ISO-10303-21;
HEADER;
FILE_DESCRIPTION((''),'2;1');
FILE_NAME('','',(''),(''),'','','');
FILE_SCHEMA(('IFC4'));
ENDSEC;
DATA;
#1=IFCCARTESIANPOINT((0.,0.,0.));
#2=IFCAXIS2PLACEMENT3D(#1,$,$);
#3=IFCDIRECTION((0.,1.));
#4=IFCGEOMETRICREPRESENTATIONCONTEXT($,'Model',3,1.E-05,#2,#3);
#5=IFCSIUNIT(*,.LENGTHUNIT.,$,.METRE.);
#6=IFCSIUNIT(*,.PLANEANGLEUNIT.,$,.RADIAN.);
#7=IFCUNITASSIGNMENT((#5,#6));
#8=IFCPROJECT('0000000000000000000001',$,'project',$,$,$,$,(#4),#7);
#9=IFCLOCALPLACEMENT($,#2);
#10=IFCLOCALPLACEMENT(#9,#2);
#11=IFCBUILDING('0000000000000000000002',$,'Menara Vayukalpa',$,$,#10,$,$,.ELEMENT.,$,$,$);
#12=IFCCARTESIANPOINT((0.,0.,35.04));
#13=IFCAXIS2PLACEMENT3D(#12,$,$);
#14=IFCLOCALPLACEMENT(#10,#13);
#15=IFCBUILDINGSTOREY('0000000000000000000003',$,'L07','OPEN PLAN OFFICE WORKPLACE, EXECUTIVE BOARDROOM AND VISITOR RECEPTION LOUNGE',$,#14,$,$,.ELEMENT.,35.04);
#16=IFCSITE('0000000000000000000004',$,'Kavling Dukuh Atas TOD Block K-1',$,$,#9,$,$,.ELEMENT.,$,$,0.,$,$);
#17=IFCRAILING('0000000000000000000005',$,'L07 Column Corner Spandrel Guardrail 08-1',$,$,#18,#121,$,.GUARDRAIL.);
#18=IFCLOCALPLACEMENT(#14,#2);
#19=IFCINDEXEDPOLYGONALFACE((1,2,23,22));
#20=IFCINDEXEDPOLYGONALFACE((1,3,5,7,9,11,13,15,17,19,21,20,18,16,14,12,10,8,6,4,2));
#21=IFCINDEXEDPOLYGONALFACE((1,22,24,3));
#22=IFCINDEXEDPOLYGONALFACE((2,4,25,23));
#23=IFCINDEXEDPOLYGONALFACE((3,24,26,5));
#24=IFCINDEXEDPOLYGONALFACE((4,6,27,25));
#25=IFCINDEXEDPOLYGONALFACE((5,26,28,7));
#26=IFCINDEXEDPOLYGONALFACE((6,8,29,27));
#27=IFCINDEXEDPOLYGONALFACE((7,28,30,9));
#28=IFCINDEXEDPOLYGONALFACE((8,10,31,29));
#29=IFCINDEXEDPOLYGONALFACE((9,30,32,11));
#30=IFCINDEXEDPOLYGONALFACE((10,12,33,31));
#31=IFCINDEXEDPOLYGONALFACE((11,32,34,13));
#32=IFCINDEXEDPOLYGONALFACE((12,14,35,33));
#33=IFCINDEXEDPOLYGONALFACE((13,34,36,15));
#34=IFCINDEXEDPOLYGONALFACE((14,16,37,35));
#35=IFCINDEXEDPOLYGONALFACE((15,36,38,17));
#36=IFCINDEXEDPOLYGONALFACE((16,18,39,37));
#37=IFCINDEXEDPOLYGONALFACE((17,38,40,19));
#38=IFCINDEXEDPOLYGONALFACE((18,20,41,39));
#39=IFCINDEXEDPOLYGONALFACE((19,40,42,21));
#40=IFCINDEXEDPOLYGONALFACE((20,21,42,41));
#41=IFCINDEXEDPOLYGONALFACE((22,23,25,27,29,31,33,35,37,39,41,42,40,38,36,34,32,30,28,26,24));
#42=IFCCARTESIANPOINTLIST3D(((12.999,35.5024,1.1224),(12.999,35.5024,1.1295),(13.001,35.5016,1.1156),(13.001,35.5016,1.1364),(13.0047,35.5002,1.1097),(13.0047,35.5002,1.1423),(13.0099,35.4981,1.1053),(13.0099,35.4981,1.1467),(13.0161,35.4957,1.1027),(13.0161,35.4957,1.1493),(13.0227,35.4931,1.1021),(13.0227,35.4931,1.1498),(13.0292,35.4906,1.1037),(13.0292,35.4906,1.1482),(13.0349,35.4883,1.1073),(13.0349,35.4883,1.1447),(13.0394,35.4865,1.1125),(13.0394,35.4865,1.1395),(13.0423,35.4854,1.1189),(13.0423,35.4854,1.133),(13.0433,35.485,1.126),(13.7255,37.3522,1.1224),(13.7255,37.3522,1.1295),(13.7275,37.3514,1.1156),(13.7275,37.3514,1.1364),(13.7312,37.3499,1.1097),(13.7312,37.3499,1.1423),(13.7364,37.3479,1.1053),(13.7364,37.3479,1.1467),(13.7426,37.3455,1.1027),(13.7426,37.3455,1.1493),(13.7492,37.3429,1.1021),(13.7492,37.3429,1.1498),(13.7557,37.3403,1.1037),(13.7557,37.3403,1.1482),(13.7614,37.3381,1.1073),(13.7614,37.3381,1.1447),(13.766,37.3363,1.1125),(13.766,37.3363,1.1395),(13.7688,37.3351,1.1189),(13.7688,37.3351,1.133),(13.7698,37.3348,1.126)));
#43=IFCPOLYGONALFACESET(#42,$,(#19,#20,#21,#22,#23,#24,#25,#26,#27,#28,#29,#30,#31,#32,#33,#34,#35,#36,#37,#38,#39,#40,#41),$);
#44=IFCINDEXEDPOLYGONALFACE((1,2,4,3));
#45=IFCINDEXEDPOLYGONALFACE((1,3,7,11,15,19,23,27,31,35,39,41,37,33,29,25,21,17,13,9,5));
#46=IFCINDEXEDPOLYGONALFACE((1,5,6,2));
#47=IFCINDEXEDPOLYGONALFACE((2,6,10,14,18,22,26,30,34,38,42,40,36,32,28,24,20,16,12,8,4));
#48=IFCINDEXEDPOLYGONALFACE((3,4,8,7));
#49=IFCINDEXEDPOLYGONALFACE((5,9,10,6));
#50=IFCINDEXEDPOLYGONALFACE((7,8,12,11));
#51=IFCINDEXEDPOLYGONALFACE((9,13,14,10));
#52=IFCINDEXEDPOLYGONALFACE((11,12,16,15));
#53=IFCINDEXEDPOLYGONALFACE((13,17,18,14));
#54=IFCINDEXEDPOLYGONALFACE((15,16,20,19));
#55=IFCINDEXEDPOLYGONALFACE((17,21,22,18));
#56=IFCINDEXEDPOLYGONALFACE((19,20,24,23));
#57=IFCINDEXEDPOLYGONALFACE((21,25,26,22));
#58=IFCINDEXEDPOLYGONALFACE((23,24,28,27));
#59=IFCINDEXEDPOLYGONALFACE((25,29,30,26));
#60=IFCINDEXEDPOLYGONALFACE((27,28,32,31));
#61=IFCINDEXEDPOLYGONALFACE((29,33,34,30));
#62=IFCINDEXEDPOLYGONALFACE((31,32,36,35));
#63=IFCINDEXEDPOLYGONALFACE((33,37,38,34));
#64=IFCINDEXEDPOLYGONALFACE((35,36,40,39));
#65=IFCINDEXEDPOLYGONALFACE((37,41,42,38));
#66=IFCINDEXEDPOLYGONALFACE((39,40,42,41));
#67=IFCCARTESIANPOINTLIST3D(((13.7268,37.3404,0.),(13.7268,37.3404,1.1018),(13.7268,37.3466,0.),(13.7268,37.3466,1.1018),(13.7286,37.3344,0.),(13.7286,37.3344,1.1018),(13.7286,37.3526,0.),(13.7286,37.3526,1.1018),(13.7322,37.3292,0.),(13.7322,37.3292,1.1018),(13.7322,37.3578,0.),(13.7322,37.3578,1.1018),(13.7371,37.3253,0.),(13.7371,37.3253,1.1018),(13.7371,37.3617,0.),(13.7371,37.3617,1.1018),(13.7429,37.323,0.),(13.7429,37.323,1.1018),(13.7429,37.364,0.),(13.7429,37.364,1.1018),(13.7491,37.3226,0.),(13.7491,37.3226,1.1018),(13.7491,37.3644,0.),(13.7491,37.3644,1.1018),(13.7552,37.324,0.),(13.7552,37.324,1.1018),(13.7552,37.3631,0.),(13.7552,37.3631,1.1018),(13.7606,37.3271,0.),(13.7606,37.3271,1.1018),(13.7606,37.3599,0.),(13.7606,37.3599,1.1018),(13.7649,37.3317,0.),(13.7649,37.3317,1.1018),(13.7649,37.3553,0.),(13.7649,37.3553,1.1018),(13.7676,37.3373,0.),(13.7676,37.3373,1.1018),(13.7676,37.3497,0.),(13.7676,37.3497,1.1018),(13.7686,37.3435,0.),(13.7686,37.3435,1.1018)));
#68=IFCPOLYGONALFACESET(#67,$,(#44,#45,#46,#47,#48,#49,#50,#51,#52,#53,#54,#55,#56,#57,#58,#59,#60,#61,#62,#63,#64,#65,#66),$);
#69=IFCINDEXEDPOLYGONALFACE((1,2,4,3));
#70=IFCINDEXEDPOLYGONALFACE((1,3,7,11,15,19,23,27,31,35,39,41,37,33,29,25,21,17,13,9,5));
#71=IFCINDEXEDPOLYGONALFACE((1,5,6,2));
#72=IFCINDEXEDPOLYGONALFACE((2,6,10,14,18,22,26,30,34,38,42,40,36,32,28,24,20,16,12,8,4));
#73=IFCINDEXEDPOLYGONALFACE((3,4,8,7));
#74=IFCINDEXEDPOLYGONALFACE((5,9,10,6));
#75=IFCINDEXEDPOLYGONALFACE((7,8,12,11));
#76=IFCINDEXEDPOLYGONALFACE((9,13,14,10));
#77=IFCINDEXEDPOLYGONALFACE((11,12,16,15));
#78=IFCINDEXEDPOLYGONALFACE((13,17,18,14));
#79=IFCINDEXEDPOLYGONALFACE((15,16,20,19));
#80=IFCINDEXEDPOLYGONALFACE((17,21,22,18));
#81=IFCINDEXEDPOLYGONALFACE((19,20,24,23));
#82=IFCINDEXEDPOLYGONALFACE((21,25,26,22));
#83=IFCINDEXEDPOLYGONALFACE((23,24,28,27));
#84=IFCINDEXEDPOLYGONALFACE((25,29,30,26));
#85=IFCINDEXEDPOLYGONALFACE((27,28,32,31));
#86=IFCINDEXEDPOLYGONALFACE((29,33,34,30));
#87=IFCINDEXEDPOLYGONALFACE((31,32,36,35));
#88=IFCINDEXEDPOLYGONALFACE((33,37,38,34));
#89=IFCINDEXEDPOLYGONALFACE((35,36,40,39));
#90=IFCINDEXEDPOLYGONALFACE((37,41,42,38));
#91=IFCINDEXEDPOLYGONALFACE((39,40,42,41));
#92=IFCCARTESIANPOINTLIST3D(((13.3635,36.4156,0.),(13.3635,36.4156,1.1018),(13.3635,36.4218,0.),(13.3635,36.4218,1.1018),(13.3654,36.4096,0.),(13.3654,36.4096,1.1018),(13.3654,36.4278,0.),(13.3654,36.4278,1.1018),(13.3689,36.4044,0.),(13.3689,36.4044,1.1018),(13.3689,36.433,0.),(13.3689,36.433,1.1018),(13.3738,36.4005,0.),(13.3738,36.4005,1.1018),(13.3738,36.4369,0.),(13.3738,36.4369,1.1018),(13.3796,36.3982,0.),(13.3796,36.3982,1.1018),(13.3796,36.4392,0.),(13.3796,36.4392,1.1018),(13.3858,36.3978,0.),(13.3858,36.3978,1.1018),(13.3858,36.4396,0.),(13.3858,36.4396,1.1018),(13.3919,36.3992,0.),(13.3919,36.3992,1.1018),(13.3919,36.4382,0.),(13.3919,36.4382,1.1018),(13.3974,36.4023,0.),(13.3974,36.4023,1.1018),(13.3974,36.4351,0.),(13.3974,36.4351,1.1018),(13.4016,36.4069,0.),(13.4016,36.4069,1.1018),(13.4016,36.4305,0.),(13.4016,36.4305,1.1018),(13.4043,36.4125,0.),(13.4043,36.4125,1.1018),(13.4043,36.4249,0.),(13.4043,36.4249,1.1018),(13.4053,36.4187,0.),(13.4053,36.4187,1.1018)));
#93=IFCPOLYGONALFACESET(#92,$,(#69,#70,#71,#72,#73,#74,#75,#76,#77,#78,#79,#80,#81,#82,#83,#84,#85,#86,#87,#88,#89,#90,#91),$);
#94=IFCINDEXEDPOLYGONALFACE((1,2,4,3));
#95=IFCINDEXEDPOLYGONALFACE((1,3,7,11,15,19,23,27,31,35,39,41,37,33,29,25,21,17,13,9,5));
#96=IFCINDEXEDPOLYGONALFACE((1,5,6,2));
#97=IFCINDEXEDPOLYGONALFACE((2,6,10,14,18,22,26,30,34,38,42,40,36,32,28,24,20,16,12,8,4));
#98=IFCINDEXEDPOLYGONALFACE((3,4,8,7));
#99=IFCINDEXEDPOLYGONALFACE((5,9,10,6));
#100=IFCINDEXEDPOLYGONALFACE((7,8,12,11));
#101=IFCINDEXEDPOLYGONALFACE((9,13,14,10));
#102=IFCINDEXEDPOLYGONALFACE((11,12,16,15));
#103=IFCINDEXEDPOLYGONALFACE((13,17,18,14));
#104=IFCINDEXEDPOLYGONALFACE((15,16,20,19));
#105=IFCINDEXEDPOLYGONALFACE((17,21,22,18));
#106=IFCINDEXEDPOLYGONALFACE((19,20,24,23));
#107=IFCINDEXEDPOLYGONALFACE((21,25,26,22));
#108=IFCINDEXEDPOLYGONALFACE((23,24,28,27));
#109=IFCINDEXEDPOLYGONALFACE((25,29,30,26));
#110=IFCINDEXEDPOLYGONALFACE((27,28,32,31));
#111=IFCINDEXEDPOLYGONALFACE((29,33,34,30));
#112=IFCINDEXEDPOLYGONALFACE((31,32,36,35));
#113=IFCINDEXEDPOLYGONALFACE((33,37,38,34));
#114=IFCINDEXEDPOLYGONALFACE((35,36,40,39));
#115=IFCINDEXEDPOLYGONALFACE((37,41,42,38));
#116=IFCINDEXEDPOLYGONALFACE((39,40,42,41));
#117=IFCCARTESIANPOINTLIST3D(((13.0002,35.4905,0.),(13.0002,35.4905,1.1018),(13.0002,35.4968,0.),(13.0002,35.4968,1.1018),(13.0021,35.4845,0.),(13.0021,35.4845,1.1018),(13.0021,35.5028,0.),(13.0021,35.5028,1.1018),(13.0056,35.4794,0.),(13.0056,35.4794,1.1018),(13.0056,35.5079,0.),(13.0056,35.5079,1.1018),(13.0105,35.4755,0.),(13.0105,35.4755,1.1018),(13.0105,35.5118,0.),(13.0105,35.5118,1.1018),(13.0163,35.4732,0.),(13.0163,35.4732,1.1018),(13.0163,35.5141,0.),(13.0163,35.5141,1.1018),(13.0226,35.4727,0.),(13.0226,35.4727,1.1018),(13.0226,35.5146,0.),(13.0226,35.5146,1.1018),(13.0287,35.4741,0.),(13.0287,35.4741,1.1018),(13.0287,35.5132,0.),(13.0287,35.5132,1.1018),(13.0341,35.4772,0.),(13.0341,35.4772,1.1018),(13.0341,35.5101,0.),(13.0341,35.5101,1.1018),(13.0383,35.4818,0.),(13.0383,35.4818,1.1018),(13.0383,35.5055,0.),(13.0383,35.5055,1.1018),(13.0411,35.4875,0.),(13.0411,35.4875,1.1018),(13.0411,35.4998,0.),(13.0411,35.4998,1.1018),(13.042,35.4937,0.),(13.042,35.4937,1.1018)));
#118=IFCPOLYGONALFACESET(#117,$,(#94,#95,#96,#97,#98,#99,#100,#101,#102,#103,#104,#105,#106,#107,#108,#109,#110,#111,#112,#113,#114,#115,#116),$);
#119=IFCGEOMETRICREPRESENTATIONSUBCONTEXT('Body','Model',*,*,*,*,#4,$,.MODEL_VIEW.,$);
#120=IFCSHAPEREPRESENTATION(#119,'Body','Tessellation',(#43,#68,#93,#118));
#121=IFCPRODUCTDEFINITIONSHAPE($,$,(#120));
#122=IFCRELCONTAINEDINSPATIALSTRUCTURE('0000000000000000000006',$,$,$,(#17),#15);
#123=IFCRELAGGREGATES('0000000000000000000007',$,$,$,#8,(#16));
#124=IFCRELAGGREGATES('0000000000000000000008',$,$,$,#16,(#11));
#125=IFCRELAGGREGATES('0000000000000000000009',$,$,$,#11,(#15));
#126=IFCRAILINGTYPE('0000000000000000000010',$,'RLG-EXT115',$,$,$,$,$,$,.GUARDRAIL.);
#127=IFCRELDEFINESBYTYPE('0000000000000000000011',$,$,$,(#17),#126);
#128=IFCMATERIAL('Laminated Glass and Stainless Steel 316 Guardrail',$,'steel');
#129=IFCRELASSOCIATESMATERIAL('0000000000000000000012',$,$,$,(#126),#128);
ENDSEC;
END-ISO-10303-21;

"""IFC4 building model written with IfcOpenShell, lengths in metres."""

from ifc_helpers import new_model, si_unit, direction, frame, origin, origin_2d, place, context, subcontext, project, spatial, circle, extrude, material, type_object, element, save


model = new_model("IFC4")

# Units and contexts
model_context = context("Model", 3, precision=1e-05, world=origin(), true_north=direction((0.0, 1.0)))
body_context = subcontext(model_context, "Body", "Model", "MODEL_VIEW")
ifc_project = project(units=[si_unit("LENGTHUNIT", "METRE"), si_unit("PLANEANGLEUNIT", "RADIAN")], contexts=[model_context])

# Site, building, storey
site_placement = place(None, origin())
site = spatial("IfcSite", under=ifc_project, at=site_placement, Name="Kavling Dukuh Atas TOD Block K-1", CompositionType="ELEMENT", RefElevation=0.0)
building_placement = place(site_placement, origin())
building = spatial("IfcBuilding", under=site, at=building_placement, Name="Menara Vayukalpa", CompositionType="ELEMENT")
storey_placement = place(building_placement, frame((0.0, 0.0, 35.04)))
storey = spatial("IfcBuildingStorey", under=building, at=storey_placement, Name="L07", Description="OPEN PLAN OFFICE WORKPLACE, EXECUTIVE BOARDROOM AND VISITOR RECEPTION LOUNGE", CompositionType="ELEMENT", Elevation=35.04)

# Railing
ifc_material_1 = material(Name="Laminated Glass and Stainless Steel 316 Guardrail", Category="steel")
railing_type = type_object("IfcRailingType", Name="RLG-EXT115", PredefinedType="GUARDRAIL", material=ifc_material_1)
railing_1_placement = place(storey_placement, frame((13.7476, 37.3435, 0.0)))
element("IfcRailing", 1, at=railing_1_placement, inside=storey, type_object=railing_type, Name="L07 Column Corner Spandrel Guardrail 08-1", PredefinedType="GUARDRAIL", context=body_context, shape_type="SweptSolid", body=[
    extrude(circle(Radius=0.0239, at=origin_2d()), frame((0.0, 0.0, 1.126), z_axis=(-0.36558, -0.93078, 0.0), x_axis=(0.93078, -0.36558, 0.0)), (0.0, 0.0, 1.0), 1.9873),
    extrude(circle(Radius=0.021, at=origin_2d()), origin(), (0.0, 0.0, 1.0), 1.1018),
    extrude(circle(Radius=0.021, at=origin_2d()), frame((-0.3633, -0.9248, 0.0)), (0.0, 0.0, 1.0), 1.1018),
    extrude(circle(Radius=0.021, at=origin_2d()), frame((-0.7266, -1.8499, 0.0)), (0.0, 0.0, 1.0), 1.1018),
])

save(model, "model.ifc")
